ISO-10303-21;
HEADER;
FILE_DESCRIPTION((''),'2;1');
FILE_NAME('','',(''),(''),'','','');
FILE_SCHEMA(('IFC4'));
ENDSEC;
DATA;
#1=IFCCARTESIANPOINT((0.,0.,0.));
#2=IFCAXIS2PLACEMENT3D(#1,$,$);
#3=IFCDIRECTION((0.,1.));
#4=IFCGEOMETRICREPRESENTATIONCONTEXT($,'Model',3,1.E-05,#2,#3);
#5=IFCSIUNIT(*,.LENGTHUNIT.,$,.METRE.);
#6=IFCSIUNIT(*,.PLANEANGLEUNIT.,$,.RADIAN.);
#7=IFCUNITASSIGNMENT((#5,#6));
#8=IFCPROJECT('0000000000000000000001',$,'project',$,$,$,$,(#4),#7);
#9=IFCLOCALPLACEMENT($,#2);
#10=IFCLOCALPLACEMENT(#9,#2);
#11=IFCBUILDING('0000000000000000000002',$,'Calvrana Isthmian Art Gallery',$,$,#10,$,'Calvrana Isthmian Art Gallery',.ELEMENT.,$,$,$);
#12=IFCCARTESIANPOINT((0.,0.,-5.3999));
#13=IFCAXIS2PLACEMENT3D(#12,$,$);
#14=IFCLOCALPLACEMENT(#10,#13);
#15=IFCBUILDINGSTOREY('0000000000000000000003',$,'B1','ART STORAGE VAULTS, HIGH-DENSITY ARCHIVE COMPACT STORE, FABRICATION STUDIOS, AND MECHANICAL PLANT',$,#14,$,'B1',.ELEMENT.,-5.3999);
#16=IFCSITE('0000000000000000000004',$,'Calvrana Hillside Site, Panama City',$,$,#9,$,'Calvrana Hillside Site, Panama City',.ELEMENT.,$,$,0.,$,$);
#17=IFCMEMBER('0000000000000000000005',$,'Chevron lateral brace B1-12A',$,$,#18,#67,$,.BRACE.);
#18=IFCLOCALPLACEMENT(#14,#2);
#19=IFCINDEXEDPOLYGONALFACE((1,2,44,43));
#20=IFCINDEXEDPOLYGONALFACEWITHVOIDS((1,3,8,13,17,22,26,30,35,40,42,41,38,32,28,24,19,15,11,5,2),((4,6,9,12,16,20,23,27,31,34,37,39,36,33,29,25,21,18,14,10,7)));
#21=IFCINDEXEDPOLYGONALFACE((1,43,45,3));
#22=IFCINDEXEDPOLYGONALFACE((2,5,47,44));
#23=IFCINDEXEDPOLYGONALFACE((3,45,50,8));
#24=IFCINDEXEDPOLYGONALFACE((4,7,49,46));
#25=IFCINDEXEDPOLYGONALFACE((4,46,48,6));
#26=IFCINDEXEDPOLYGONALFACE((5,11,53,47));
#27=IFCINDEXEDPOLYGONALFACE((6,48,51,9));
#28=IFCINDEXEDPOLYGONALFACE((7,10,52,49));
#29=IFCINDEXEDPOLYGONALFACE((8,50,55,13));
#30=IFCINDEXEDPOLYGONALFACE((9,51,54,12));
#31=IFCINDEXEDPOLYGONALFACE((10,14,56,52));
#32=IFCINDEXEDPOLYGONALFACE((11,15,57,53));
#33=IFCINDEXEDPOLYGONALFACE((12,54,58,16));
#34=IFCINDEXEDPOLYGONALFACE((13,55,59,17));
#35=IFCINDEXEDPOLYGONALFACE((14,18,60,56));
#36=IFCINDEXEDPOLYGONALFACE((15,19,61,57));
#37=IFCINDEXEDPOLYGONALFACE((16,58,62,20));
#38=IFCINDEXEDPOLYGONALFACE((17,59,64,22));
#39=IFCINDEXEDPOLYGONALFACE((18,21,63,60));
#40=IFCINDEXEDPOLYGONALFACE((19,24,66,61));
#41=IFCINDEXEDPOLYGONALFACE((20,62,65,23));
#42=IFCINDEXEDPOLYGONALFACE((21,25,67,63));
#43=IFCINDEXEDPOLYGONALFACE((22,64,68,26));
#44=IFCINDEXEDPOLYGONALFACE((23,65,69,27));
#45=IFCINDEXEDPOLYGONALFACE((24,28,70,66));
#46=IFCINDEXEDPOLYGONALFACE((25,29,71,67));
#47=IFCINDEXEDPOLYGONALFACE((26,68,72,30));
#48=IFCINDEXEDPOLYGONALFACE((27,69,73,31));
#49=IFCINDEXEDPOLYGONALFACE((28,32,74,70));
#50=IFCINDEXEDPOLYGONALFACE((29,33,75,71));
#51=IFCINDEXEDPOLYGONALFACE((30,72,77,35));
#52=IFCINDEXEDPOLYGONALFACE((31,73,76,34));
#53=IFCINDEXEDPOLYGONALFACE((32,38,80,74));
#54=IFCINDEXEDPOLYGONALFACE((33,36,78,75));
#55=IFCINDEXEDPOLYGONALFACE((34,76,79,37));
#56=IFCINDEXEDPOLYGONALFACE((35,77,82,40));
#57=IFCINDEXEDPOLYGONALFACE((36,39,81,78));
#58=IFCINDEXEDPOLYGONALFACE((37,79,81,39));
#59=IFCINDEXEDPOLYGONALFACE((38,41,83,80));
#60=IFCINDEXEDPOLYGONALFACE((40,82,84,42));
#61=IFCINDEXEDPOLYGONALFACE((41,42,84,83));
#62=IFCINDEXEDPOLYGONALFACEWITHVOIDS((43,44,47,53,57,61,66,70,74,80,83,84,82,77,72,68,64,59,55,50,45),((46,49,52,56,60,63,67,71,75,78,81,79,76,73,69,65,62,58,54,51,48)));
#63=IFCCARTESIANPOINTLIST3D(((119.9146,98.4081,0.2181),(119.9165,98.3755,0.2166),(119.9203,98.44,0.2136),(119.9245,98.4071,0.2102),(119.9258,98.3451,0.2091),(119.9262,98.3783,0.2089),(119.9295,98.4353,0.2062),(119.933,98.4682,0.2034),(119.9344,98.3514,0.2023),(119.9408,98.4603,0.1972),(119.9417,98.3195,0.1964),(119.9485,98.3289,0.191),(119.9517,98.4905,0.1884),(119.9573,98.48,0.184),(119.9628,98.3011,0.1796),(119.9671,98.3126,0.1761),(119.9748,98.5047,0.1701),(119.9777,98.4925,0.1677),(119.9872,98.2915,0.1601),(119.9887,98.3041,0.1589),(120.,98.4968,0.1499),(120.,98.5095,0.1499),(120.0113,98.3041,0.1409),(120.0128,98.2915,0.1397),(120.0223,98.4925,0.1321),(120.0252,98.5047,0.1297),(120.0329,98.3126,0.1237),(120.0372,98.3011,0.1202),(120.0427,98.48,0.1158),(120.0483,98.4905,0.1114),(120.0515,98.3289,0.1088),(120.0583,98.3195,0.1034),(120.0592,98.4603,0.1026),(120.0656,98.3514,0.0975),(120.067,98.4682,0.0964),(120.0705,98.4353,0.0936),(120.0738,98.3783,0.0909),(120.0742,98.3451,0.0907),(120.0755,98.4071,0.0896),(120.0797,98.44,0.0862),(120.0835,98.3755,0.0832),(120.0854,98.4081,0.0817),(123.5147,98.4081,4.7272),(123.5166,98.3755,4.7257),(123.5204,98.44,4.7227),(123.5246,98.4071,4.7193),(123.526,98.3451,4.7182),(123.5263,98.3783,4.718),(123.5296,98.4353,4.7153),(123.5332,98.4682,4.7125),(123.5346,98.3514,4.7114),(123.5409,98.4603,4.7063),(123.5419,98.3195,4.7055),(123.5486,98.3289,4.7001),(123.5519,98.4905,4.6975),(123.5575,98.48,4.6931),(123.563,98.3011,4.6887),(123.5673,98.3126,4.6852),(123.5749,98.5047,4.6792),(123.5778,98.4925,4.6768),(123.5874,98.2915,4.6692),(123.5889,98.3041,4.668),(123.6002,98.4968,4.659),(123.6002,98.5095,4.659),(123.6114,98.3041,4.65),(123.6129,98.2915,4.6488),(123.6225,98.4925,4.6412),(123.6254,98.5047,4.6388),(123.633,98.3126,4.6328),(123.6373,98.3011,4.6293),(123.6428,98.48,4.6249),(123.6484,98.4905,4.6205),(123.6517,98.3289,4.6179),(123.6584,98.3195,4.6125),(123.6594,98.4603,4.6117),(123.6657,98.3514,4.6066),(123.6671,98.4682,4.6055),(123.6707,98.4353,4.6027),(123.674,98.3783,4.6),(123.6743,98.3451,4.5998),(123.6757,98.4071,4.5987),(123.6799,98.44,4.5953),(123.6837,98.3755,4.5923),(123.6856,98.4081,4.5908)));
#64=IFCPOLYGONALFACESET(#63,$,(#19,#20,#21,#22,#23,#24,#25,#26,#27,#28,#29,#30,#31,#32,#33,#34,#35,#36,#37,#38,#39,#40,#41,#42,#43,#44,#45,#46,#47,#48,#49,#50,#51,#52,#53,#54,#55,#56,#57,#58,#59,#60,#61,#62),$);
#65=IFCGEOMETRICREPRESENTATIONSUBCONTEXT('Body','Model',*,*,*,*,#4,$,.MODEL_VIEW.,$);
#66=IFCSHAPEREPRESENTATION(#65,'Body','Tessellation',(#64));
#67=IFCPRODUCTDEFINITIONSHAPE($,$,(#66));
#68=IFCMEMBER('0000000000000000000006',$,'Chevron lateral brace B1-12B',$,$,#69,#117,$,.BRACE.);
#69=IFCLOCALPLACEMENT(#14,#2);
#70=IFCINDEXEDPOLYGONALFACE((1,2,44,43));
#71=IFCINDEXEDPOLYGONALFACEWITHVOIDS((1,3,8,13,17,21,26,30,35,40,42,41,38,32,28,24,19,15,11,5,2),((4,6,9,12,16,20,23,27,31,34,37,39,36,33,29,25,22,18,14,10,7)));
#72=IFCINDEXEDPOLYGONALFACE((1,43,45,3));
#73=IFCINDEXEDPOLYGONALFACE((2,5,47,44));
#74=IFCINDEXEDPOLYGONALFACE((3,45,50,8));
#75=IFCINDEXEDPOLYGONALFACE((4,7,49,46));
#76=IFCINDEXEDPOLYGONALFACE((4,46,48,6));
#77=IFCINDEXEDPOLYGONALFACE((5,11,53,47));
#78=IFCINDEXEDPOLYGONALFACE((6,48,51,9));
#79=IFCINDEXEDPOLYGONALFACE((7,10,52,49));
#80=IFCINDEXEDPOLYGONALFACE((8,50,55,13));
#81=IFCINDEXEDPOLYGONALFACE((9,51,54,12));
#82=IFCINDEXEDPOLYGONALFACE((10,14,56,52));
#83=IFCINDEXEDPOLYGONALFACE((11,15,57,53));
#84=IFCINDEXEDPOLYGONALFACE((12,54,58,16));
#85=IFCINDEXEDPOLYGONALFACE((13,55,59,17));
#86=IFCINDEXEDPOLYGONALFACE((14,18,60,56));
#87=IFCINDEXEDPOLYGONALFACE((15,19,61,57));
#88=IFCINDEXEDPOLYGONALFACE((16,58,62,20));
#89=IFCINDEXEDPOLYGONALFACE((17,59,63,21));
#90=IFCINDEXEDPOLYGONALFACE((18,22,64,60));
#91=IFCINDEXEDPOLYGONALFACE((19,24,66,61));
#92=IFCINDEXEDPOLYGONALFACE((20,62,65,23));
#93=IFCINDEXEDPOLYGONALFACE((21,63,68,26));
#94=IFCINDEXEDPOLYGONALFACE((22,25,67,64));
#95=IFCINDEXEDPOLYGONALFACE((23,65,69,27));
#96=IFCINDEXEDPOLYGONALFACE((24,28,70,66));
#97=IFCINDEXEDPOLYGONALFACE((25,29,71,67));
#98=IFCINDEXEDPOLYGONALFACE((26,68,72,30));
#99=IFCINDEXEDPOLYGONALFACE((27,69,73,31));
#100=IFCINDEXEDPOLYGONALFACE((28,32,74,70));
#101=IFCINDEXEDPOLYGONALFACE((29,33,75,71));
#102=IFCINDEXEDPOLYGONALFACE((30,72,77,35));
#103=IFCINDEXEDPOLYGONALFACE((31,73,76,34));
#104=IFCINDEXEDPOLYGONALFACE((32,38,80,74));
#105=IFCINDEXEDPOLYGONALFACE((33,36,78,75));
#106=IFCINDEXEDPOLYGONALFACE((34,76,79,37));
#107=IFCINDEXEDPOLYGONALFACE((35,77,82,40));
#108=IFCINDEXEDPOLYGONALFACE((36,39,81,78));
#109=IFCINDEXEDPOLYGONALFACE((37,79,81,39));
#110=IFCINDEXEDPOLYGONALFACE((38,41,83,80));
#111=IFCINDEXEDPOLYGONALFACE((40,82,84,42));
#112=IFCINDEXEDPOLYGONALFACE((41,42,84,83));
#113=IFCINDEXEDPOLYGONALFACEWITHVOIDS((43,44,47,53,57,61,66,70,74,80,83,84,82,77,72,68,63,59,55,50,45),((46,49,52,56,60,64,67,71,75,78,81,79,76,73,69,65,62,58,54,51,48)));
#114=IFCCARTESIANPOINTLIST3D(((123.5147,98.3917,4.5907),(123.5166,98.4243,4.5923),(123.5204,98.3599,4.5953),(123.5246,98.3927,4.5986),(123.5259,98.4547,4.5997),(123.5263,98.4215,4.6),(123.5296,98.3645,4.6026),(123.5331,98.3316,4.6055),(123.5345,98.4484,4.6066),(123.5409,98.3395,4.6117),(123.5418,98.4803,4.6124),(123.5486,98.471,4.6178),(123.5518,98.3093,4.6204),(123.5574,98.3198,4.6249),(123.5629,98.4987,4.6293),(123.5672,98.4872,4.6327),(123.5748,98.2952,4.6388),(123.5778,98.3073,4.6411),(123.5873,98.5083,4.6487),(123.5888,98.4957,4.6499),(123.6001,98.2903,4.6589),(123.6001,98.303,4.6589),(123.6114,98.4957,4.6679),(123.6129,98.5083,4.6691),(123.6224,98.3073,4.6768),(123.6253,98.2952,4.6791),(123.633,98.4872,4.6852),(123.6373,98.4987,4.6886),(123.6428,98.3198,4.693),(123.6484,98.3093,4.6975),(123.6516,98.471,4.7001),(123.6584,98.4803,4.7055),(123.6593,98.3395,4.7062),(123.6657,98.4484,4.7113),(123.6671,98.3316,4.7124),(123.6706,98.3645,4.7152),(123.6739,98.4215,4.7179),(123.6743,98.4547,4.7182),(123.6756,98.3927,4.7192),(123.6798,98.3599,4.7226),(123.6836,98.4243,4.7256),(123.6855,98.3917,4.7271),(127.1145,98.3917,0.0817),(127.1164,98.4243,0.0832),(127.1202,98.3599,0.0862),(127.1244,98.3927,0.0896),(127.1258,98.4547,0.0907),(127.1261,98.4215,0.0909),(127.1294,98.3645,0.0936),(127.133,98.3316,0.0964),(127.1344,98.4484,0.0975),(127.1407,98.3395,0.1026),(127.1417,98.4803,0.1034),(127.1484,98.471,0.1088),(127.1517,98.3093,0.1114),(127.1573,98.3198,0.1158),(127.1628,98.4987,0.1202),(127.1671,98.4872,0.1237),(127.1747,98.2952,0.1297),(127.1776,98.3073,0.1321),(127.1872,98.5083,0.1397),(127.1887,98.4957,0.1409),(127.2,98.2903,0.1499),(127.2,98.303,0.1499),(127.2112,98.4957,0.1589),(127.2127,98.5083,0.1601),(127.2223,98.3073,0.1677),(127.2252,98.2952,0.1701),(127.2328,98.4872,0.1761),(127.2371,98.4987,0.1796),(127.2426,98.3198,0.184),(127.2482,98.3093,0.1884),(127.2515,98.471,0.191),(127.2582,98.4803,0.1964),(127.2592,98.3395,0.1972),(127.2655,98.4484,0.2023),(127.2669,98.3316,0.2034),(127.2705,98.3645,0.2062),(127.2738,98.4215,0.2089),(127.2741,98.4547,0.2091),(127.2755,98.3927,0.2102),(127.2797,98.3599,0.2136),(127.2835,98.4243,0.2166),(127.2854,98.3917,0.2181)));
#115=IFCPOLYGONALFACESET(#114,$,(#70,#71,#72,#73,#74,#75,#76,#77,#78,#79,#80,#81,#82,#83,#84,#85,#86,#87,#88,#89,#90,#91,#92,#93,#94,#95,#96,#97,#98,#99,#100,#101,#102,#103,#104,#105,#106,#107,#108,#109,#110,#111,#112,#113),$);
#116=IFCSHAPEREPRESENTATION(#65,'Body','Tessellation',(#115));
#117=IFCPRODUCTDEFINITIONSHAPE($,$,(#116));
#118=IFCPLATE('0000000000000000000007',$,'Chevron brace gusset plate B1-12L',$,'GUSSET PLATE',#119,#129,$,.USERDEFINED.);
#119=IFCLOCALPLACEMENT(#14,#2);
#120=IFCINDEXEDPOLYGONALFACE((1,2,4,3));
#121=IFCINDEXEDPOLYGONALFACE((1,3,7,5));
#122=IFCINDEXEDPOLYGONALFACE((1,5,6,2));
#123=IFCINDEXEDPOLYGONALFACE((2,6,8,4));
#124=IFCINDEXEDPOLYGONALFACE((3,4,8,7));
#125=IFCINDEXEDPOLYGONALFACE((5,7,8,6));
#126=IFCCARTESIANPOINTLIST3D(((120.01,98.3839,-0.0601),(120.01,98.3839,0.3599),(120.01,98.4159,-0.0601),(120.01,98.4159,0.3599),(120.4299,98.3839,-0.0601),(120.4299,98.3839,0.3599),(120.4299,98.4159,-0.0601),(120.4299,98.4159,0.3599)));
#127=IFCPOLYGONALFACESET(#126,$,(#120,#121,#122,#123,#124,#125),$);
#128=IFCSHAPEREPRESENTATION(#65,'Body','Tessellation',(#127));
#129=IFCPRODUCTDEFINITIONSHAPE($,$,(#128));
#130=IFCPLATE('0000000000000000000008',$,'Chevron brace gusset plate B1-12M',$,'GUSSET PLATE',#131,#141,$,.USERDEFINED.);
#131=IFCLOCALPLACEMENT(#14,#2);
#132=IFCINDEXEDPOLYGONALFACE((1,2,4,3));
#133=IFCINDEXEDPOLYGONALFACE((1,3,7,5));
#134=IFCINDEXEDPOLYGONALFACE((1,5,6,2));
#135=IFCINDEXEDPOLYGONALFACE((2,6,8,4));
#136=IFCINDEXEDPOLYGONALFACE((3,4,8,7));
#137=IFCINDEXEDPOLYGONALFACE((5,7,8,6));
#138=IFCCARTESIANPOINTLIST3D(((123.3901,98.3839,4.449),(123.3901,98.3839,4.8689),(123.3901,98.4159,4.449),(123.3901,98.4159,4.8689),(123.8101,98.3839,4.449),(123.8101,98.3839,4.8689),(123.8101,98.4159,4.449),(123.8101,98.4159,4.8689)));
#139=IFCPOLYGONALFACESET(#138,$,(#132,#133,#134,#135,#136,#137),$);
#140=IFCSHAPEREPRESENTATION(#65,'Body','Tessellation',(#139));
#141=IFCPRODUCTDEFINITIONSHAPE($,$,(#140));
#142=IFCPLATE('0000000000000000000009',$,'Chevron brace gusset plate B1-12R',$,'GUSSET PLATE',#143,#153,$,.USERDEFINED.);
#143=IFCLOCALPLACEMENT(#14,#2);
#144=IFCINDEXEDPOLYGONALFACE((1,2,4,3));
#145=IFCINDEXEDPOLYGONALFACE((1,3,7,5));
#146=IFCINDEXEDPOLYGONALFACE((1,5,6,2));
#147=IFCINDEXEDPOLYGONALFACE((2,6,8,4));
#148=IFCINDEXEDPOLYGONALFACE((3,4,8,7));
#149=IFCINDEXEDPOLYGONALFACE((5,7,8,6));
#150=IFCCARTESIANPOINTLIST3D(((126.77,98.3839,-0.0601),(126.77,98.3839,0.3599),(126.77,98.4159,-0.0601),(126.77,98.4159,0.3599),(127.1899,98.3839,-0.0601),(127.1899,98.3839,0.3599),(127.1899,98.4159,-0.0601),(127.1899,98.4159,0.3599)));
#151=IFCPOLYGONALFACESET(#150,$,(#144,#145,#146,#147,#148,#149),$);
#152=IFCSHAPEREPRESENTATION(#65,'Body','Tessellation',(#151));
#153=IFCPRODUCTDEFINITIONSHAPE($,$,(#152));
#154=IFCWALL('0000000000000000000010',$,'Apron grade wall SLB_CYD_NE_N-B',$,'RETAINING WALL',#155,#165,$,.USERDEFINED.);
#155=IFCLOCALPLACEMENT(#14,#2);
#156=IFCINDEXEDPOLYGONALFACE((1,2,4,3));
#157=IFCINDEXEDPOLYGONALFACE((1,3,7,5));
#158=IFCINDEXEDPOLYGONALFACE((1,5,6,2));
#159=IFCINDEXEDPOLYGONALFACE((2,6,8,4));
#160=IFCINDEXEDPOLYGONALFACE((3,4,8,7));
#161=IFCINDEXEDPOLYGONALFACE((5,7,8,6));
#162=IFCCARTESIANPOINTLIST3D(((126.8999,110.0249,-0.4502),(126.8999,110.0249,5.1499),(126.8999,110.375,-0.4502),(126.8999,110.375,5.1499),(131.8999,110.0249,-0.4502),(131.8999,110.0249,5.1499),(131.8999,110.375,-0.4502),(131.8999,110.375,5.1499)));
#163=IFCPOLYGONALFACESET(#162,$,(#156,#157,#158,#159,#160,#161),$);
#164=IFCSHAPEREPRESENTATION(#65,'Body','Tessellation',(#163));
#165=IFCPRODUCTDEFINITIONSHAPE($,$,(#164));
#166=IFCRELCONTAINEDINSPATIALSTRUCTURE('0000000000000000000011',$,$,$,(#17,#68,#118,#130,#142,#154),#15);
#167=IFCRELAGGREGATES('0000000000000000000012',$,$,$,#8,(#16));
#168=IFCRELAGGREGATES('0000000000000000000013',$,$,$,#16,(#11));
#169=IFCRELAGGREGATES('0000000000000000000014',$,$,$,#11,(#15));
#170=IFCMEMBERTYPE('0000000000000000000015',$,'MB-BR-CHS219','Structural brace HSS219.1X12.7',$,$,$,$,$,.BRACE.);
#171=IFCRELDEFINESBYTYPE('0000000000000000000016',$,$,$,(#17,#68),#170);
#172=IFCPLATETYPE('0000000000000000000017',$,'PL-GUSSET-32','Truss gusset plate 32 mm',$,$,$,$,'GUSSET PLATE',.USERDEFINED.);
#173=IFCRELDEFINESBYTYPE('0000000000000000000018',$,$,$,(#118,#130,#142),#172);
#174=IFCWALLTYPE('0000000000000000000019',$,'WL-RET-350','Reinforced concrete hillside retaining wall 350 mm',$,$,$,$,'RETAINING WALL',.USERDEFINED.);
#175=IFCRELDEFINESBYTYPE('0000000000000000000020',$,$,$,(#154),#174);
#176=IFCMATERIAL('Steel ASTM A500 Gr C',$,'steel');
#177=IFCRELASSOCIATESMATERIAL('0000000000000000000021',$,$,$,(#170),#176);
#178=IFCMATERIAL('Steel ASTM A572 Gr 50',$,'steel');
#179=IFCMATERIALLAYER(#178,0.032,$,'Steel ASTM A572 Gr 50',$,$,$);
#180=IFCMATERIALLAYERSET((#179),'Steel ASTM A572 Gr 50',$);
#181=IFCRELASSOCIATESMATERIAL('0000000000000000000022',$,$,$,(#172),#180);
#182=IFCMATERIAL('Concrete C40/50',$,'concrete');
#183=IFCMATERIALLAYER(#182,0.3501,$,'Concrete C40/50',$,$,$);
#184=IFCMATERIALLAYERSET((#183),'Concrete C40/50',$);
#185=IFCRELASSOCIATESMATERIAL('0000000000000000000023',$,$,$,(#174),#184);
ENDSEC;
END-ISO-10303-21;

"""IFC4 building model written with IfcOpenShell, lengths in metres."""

from ifc_helpers import new_model, si_unit, direction, frame, frame_2d, origin, origin_2d, place, context, subcontext, project, spatial, rectangle, hollow_circle, extrude, material, layer, layer_set, material_profile, profile_set, type_object, element, save


model = new_model("IFC4")

# Units and contexts
model_context = context("Model", 3, precision=1e-05, world=origin(), true_north=direction((0.0, 1.0)))
body_context = subcontext(model_context, "Body", "Model", "MODEL_VIEW")
ifc_project = project(units=[si_unit("LENGTHUNIT", "METRE"), si_unit("PLANEANGLEUNIT", "RADIAN")], contexts=[model_context])

# Site, building, storey
site_placement = place(None, origin())
site = spatial("IfcSite", under=ifc_project, at=site_placement, Name="Calvrana Hillside Site, Panama City", LongName="Calvrana Hillside Site, Panama City", CompositionType="ELEMENT", RefElevation=0.0)
building_placement = place(site_placement, origin())
building = spatial("IfcBuilding", under=site, at=building_placement, Name="Calvrana Isthmian Art Gallery", LongName="Calvrana Isthmian Art Gallery", CompositionType="ELEMENT")
storey_placement = place(building_placement, frame((0.0, 0.0, -5.3999)))
storey = spatial("IfcBuildingStorey", under=building, at=storey_placement, Name="B1", Description="ART STORAGE VAULTS, HIGH-DENSITY ARCHIVE COMPACT STORE, FABRICATION STUDIOS, AND MECHANICAL PLANT", LongName="B1", CompositionType="ELEMENT", Elevation=-5.3999)

# Shared definitions
ifc_material_1 = material(Name="Concrete C40/50", Category="concrete")

# Members
ifc_material_2 = material(Name="Steel ASTM A500 Gr C", Category="steel")
ifc_material_profile_1 = material_profile(ifc_material_2, hollow_circle(Radius=0.1096, WallThickness=0.0127, at=origin_2d()), Name="HSS219.1X12.7")
ifc_profile_set_1 = profile_set([ifc_material_profile_1], Name="Steel ASTM A500 Gr C")
member_type = type_object("IfcMemberType", Name="MB-BR-CHS219", Description="Structural brace HSS219.1X12.7", PredefinedType="BRACE", material=ifc_profile_set_1)
member_1_placement = place(storey_placement, frame((120.0, 98.3999, 0.1499), z_axis=(0.623941, 0.0, 0.781471), x_axis=(0.0, 1.0, 0.0)))
element("IfcMember", 1, at=member_1_placement, inside=storey, type_object=member_type, Name="Chevron lateral brace B1-12A", PredefinedType="BRACE", context=body_context, shape_type="SweptSolid", body=[
    extrude(hollow_circle(Radius=0.1096, WallThickness=0.0127, at=origin_2d()), origin(), (0.0, 0.0, 1.0), 5.77),
])
member_2_placement = place(storey_placement, frame((127.2, 98.3999, 0.1499), z_axis=(-0.623916, 0.0, 0.781492), x_axis=(0.0, -1.0, 0.0)))
element("IfcMember", 2, at=member_2_placement, inside=storey, type_object=member_type, Name="Chevron lateral brace B1-12B", PredefinedType="BRACE", context=body_context, shape_type="SweptSolid", body=[
    extrude(hollow_circle(Radius=0.1096, WallThickness=0.0127, at=origin_2d()), origin(), (0.0, 0.0, 1.0), 5.7698),
])

# Plates
ifc_material_3 = material(Name="Steel ASTM A572 Gr 50", Category="steel")
ifc_layer_1 = layer(ifc_material_3, 0.032, Name="Steel ASTM A572 Gr 50")
ifc_layer_set_1 = layer_set([ifc_layer_1], Name="Steel ASTM A572 Gr 50")
plate_type = type_object("IfcPlateType", Name="PL-GUSSET-32", Description="Truss gusset plate 32 mm", ElementType="GUSSET PLATE", PredefinedType="USERDEFINED", material=ifc_layer_set_1)
for number, where, z_axis, x_axis, name in (
    (3, (120.22, 98.3999, -0.0601), (0.0, 0.0, 1.0), (1.0, 0.0, 0.0), "Chevron brace gusset plate B1-12L"),
    (4, (123.6001, 98.3999, 4.449), (0.0, 0.0, 1.0), (1.0, 0.0, 0.0), "Chevron brace gusset plate B1-12M"),
    (5, (126.98, 98.3999, -0.0601), (0.0, 0.0, 1.0), (1.0, 0.0, 0.0), "Chevron brace gusset plate B1-12R"),
):
    element("IfcPlate", number, at=place(storey_placement, frame(where, z_axis=z_axis, x_axis=x_axis)), inside=storey, type_object=plate_type, Name=name, ObjectType="GUSSET PLATE", PredefinedType="USERDEFINED", context=body_context, shape_type="SweptSolid", body=[
        extrude(rectangle(XDim=0.4199, YDim=0.032, at=origin_2d()), origin(), (0.0, 0.0, 1.0), 0.4199),
    ])

# Wall
ifc_layer_2 = layer(ifc_material_1, 0.3501, Name="Concrete C40/50")
ifc_layer_set_2 = layer_set([ifc_layer_2], Name="Concrete C40/50")
wall_type = type_object("IfcWallType", Name="WL-RET-350", Description="Reinforced concrete hillside retaining wall 350 mm", ElementType="RETAINING WALL", PredefinedType="USERDEFINED", material=ifc_layer_set_2)
wall_placement = place(storey_placement, frame((126.8999, 110.2, -0.4502), z_axis=(0.0, 0.0, 1.0), x_axis=(1.0, 0.0, 0.0)))
element("IfcWall", 6, at=wall_placement, inside=storey, type_object=wall_type, Name="Apron grade wall SLB_CYD_NE_N-B", ObjectType="RETAINING WALL", PredefinedType="USERDEFINED", context=body_context, shape_type="SweptSolid", body=[
    extrude(rectangle(XDim=5.0, YDim=0.3501, at=frame_2d((2.5, 0.0))), origin(), (0.0, 0.0, 1.0), 5.6001),
])

save(model, "model.ifc")
